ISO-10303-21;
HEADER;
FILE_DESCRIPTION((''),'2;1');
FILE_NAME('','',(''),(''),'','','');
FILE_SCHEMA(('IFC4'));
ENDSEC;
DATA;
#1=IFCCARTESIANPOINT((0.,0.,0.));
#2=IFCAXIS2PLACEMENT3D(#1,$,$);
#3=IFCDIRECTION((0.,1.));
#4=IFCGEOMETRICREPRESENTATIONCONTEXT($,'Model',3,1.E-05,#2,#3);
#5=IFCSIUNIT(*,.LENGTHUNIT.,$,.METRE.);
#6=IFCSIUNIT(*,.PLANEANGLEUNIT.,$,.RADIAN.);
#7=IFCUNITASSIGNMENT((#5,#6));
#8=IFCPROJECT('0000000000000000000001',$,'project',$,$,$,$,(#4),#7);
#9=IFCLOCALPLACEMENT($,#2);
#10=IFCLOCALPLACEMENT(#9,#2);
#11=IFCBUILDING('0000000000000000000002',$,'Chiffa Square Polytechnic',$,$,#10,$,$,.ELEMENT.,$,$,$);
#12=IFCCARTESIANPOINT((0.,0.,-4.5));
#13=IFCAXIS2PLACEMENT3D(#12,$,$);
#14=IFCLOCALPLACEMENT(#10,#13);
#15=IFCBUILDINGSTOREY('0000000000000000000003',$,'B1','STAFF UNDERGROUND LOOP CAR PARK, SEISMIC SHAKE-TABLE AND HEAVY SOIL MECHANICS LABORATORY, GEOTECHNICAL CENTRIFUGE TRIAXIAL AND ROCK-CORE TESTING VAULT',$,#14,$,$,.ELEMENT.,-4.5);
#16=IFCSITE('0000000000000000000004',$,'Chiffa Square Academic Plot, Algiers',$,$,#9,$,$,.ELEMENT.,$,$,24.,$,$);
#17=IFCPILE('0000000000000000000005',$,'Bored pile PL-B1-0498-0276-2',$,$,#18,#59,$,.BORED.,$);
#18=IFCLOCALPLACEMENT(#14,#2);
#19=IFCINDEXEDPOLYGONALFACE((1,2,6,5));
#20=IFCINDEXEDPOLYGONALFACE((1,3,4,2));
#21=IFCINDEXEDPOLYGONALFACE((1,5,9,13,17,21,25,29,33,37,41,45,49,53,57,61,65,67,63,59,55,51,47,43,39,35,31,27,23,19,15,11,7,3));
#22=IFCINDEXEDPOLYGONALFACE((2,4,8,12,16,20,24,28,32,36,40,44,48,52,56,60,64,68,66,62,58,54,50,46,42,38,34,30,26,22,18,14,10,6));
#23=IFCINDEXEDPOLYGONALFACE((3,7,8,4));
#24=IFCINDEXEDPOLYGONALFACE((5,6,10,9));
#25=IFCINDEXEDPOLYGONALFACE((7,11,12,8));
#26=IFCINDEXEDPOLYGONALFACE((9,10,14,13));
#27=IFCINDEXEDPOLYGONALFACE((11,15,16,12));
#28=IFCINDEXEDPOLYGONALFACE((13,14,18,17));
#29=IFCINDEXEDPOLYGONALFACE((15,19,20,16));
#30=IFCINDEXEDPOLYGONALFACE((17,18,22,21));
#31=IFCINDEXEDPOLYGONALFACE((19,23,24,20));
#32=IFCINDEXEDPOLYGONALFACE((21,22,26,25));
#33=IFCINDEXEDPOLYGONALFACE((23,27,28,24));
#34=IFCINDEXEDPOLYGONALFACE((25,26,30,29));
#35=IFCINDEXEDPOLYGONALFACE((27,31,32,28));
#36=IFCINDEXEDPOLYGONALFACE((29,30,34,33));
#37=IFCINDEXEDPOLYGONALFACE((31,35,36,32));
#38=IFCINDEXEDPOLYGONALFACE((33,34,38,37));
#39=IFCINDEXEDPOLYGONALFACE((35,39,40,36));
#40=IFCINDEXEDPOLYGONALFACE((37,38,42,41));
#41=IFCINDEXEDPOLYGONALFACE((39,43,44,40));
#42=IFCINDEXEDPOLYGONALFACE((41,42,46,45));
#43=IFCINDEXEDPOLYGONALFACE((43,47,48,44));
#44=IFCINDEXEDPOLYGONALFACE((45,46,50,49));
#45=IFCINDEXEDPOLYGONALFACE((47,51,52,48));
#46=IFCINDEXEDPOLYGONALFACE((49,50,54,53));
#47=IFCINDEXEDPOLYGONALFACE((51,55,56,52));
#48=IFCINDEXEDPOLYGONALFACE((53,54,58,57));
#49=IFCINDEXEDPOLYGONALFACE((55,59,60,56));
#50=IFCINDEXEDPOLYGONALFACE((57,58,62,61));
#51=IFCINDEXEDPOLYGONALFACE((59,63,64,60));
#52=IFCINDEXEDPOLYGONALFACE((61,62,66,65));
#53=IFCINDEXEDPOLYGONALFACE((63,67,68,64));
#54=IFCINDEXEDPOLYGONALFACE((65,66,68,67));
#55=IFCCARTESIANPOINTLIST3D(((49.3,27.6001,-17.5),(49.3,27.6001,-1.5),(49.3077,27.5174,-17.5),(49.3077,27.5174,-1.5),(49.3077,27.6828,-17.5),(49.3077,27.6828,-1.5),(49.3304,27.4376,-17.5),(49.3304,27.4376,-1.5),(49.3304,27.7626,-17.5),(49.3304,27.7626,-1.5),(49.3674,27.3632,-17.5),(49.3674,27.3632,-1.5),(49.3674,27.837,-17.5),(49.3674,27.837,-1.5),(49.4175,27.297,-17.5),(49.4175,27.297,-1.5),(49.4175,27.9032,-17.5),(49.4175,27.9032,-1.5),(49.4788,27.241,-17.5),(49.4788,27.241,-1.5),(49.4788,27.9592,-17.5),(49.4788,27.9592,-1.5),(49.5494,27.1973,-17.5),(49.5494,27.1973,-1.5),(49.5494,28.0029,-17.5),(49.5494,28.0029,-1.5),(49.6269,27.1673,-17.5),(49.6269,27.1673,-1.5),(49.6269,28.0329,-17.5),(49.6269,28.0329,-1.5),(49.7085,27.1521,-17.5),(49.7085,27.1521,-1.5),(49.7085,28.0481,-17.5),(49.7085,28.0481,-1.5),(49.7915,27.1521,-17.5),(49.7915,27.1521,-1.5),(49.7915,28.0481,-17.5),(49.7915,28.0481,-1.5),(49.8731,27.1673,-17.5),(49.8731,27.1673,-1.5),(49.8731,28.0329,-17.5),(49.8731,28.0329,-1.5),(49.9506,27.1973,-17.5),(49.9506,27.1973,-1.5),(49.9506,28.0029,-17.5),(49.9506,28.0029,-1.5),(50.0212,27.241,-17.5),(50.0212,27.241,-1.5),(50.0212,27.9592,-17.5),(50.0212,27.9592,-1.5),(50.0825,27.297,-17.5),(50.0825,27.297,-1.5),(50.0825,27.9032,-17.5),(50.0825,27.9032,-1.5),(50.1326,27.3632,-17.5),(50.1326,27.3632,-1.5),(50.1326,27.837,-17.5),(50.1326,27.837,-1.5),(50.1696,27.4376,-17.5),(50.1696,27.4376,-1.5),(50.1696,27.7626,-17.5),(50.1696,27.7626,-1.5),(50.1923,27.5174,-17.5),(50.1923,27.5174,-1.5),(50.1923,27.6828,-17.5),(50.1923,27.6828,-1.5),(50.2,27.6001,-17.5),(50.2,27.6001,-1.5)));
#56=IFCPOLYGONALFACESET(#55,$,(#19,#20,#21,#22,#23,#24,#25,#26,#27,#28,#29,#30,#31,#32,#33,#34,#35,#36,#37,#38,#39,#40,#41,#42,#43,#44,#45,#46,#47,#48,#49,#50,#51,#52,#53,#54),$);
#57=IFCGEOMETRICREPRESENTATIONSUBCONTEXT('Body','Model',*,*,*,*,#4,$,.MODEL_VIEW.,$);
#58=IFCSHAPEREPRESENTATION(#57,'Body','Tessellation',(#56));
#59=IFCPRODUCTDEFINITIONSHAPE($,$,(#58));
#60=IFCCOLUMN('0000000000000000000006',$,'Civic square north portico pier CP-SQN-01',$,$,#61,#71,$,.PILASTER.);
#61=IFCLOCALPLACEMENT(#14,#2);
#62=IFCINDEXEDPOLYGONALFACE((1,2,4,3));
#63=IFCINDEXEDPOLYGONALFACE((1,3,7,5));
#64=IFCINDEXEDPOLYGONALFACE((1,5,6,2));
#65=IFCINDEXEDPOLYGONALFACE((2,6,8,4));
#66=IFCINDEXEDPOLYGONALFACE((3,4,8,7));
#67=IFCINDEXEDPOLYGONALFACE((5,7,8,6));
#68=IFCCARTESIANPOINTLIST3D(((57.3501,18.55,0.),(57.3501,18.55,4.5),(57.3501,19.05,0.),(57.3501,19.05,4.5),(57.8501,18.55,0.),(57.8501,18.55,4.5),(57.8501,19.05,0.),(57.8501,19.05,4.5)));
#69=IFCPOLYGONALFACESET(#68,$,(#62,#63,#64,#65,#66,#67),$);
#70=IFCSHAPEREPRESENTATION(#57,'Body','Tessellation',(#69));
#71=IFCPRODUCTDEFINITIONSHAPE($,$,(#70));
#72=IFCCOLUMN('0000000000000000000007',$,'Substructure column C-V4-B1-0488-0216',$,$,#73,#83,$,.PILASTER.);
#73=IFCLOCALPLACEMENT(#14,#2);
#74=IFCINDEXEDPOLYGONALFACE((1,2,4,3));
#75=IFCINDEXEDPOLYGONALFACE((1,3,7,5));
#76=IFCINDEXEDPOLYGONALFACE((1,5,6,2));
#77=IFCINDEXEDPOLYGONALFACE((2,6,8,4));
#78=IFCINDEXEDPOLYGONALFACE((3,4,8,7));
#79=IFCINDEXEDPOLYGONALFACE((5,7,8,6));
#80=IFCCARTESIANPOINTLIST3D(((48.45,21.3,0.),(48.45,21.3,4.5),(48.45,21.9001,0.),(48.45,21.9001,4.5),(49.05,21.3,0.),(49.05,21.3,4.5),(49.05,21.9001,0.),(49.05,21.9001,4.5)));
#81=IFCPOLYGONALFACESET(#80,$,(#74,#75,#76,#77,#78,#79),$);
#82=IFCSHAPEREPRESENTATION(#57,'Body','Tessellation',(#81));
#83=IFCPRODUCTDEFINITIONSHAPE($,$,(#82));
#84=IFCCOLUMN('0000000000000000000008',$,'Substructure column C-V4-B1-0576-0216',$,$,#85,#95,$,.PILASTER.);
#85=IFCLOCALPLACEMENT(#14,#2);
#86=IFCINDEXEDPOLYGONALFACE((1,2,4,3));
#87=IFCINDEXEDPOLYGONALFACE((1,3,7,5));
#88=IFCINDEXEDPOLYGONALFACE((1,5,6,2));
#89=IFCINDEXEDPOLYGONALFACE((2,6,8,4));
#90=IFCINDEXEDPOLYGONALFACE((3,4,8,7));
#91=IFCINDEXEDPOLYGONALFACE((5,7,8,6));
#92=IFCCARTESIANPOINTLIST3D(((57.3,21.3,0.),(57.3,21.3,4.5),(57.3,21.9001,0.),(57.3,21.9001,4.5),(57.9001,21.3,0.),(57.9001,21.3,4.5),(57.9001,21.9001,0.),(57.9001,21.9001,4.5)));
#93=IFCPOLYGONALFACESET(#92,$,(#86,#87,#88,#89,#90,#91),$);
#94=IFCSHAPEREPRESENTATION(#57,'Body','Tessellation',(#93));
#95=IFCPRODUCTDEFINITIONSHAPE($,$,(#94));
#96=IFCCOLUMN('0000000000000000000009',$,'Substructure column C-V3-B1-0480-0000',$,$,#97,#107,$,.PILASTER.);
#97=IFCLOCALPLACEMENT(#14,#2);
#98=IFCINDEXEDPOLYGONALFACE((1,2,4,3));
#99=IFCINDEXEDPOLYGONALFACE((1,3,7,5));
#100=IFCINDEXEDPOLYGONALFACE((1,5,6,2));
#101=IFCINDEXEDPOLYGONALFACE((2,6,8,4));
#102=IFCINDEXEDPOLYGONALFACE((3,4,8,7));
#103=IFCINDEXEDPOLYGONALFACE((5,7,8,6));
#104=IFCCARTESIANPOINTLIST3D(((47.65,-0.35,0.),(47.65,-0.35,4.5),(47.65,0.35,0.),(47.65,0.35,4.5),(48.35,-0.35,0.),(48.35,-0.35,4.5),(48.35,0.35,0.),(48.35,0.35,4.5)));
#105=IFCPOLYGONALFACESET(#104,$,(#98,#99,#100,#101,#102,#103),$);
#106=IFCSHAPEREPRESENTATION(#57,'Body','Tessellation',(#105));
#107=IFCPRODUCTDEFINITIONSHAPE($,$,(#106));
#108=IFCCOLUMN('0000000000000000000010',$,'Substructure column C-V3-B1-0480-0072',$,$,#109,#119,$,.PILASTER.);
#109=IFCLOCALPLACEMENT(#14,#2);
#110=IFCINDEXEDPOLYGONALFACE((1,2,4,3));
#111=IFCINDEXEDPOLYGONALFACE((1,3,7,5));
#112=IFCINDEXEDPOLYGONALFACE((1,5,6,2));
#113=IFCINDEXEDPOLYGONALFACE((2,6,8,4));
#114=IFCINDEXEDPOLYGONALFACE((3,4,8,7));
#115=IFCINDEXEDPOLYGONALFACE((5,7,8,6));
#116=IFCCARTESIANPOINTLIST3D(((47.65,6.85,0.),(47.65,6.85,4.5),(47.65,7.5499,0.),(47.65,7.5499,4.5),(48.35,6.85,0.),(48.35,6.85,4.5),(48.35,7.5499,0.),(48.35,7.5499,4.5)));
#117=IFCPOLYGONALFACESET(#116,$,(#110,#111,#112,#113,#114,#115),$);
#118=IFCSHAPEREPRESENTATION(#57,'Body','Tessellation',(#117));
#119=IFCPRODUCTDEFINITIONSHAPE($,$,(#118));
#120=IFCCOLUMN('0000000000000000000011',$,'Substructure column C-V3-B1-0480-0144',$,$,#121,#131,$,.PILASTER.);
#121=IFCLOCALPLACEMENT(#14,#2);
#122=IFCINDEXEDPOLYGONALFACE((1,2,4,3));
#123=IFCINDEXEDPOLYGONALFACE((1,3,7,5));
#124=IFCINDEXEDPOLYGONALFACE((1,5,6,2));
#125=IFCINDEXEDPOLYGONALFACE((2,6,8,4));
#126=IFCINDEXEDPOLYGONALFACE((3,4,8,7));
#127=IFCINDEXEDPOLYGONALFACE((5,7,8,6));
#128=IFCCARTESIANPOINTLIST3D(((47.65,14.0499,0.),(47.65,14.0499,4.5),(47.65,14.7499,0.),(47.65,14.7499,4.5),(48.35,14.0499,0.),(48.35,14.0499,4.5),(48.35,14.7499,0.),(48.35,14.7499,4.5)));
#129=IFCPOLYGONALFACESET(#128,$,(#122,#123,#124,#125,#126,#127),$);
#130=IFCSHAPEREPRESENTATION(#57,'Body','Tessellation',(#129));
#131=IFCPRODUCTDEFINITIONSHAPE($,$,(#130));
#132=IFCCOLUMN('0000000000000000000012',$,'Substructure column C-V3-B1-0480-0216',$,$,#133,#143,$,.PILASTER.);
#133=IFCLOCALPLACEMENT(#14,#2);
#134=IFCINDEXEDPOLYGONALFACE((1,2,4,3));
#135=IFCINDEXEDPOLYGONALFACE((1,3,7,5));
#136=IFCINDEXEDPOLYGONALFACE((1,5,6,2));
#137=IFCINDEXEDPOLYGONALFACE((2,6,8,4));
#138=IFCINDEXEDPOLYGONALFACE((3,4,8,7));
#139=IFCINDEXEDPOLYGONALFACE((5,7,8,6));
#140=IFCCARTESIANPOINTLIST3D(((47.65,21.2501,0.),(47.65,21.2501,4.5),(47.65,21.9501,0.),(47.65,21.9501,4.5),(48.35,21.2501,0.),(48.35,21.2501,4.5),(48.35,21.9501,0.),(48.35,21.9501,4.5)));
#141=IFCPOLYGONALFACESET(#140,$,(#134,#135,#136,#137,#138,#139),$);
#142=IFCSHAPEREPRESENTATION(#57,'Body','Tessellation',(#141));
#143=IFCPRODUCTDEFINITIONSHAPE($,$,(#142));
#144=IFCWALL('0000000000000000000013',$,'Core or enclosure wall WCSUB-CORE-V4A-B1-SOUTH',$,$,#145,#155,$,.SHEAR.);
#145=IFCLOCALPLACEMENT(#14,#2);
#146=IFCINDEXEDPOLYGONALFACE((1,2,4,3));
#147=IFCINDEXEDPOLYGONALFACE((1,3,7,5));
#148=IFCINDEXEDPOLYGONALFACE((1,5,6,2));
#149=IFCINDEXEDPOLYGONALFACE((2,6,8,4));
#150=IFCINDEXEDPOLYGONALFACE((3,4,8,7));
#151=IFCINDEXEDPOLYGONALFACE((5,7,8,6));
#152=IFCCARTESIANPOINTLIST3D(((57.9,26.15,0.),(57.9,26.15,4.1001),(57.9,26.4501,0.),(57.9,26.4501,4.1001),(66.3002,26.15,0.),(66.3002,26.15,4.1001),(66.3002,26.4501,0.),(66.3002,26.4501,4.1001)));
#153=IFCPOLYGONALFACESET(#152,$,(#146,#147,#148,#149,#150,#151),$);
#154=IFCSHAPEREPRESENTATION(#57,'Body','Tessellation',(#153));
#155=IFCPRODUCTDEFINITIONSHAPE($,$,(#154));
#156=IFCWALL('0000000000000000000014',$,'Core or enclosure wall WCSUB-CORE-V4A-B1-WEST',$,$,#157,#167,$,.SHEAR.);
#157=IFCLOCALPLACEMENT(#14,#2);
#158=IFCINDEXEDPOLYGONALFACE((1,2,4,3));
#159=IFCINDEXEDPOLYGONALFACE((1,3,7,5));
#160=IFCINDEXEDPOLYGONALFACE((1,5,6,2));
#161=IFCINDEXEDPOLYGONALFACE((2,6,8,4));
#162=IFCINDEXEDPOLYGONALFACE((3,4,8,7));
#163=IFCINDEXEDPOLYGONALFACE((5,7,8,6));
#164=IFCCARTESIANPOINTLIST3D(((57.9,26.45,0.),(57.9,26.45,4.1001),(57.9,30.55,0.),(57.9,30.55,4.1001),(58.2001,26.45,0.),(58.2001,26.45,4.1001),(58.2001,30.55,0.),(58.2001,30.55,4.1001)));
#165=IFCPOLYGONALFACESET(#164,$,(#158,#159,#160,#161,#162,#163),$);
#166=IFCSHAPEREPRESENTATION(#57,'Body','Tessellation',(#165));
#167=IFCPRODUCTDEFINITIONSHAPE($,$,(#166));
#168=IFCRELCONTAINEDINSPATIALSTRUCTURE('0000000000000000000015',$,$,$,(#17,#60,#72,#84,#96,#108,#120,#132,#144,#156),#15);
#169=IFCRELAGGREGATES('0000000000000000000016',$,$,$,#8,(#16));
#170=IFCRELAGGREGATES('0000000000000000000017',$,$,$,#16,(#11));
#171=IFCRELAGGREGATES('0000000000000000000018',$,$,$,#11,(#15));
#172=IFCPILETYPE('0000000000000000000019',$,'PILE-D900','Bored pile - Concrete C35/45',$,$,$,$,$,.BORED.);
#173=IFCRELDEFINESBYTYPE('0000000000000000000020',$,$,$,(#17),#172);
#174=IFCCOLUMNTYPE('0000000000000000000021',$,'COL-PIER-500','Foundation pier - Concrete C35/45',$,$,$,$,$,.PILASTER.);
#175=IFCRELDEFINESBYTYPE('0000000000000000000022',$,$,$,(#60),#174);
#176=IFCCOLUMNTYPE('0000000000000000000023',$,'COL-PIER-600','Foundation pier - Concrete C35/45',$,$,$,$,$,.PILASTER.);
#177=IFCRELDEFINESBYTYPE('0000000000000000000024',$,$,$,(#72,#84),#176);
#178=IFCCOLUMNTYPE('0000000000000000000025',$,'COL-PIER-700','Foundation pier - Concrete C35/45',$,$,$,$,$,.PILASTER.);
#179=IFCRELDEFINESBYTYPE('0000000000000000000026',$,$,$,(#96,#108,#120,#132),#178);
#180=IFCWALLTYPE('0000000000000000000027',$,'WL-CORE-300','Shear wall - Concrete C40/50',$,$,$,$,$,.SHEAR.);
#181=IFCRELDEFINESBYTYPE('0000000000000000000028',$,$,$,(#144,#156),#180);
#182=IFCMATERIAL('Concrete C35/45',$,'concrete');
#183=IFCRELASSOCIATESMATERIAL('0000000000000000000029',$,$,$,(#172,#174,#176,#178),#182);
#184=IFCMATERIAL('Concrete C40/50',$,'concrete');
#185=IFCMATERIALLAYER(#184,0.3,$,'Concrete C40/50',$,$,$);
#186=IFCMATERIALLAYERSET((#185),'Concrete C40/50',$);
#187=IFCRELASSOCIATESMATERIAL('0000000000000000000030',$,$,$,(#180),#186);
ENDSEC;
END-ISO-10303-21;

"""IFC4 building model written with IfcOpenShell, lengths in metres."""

from ifc_helpers import new_model, si_unit, direction, frame, frame_2d, origin, origin_2d, place, context, subcontext, project, spatial, rectangle, circle, extrude, material, layer, layer_set, material_profile, profile_set, type_object, element, save


model = new_model("IFC4")

# Units and contexts
model_context = context("Model", 3, precision=1e-05, world=origin(), true_north=direction((0.0, 1.0)))
body_context = subcontext(model_context, "Body", "Model", "MODEL_VIEW")
ifc_project = project(units=[si_unit("LENGTHUNIT", "METRE"), si_unit("PLANEANGLEUNIT", "RADIAN")], contexts=[model_context])

# Site, building, storey
site_placement = place(None, origin())
site = spatial("IfcSite", under=ifc_project, at=site_placement, Name="Chiffa Square Academic Plot, Algiers", CompositionType="ELEMENT", RefElevation=24.0)
building_placement = place(site_placement, origin())
building = spatial("IfcBuilding", under=site, at=building_placement, Name="Chiffa Square Polytechnic", CompositionType="ELEMENT")
storey_placement = place(building_placement, frame((0.0, 0.0, -4.5)))
storey = spatial("IfcBuildingStorey", under=building, at=storey_placement, Name="B1", Description="STAFF UNDERGROUND LOOP CAR PARK, SEISMIC SHAKE-TABLE AND HEAVY SOIL MECHANICS LABORATORY, GEOTECHNICAL CENTRIFUGE TRIAXIAL AND ROCK-CORE TESTING VAULT", CompositionType="ELEMENT", Elevation=-4.5)

# Shared definitions
ifc_material_1 = material(Name="Concrete C35/45", Category="concrete")

# Pile
ifc_material_profile_1 = material_profile(ifc_material_1, circle(Radius=0.45, at=origin_2d()), Name="PILE D900")
ifc_profile_set_1 = profile_set([ifc_material_profile_1], Name="Concrete C35/45")
pile_type_1 = type_object("IfcPileType", Name="PILE-D900", Description="Bored pile - Concrete C35/45", PredefinedType="BORED", material=ifc_profile_set_1)
pile_1_placement = place(storey_placement, frame((49.75, 27.6001, -1.5), z_axis=(0.0, 0.0, -1.0), x_axis=(1.0, 0.0, 0.0)))
element("IfcPile", 1, at=pile_1_placement, inside=storey, type_object=pile_type_1, Name="Bored pile PL-B1-0498-0276-2", PredefinedType="BORED", context=body_context, shape_type="SweptSolid", body=[
    extrude(circle(Radius=0.45, at=origin_2d()), origin(), (0.0, 0.0, 1.0), 16.0),
])

# Columns
ifc_material_profile_2 = material_profile(ifc_material_1, rectangle(XDim=0.5, YDim=0.5, at=origin_2d()), Name="RC 500x500")
ifc_profile_set_2 = profile_set([ifc_material_profile_2], Name="Concrete C35/45")
column_type_1 = type_object("IfcColumnType", Name="COL-PIER-500", Description="Foundation pier - Concrete C35/45", PredefinedType="PILASTER", material=ifc_profile_set_2)
column_placement = place(storey_placement, frame((57.6001, 18.8, 0.0), z_axis=(0.0, 0.0, 1.0), x_axis=(1.0, 0.0, 0.0)))
element("IfcColumn", 2, at=column_placement, inside=storey, type_object=column_type_1, Name="Civic square north portico pier CP-SQN-01", PredefinedType="PILASTER", context=body_context, shape_type="SweptSolid", body=[
    extrude(rectangle(XDim=0.5, YDim=0.5, at=origin_2d()), origin(), (0.0, 0.0, 1.0), 4.5),
])
ifc_material_profile_3 = material_profile(ifc_material_1, rectangle(XDim=0.6001, YDim=0.6001, at=origin_2d()), Name="RC 600x600")
ifc_profile_set_3 = profile_set([ifc_material_profile_3], Name="Concrete C35/45")
column_type_2 = type_object("IfcColumnType", Name="COL-PIER-600", Description="Foundation pier - Concrete C35/45", PredefinedType="PILASTER", material=ifc_profile_set_3)
for number, where, z_axis, x_axis, name in (
    (3, (48.75, 21.6001, 0.0), (0.0, 0.0, 1.0), (1.0, 0.0, 0.0), "Substructure column C-V4-B1-0488-0216"),
    (4, (57.6001, 21.6001, 0.0), (0.0, 0.0, 1.0), (1.0, 0.0, 0.0), "Substructure column C-V4-B1-0576-0216"),
):
    element("IfcColumn", number, at=place(storey_placement, frame(where, z_axis=z_axis, x_axis=x_axis)), inside=storey, type_object=column_type_2, Name=name, PredefinedType="PILASTER", context=body_context, shape_type="SweptSolid", body=[
        extrude(rectangle(XDim=0.6001, YDim=0.6001, at=origin_2d()), origin(), (0.0, 0.0, 1.0), 4.5),
    ])
ifc_material_profile_4 = material_profile(ifc_material_1, rectangle(XDim=0.7, YDim=0.7, at=origin_2d()), Name="RC 700x700")
ifc_profile_set_4 = profile_set([ifc_material_profile_4], Name="Concrete C35/45")
column_type_3 = type_object("IfcColumnType", Name="COL-PIER-700", Description="Foundation pier - Concrete C35/45", PredefinedType="PILASTER", material=ifc_profile_set_4)
for number, where, z_axis, x_axis, name in (
    (5, (48.0, 0.0, 0.0), (0.0, 0.0, 1.0), (1.0, 0.0, 0.0), "Substructure column C-V3-B1-0480-0000"),
    (6, (48.0, 7.2, 0.0), (0.0, 0.0, 1.0), (1.0, 0.0, 0.0), "Substructure column C-V3-B1-0480-0072"),
    (7, (48.0, 14.3999, 0.0), (0.0, 0.0, 1.0), (1.0, 0.0, 0.0), "Substructure column C-V3-B1-0480-0144"),
    (8, (48.0, 21.6001, 0.0), (0.0, 0.0, 1.0), (1.0, 0.0, 0.0), "Substructure column C-V3-B1-0480-0216"),
):
    element("IfcColumn", number, at=place(storey_placement, frame(where, z_axis=z_axis, x_axis=x_axis)), inside=storey, type_object=column_type_3, Name=name, PredefinedType="PILASTER", context=body_context, shape_type="SweptSolid", body=[
        extrude(rectangle(XDim=0.7, YDim=0.7, at=origin_2d()), origin(), (0.0, 0.0, 1.0), 4.5),
    ])

# Walls
ifc_material_2 = material(Name="Concrete C40/50", Category="concrete")
ifc_layer_1 = layer(ifc_material_2, 0.3, Name="Concrete C40/50")
ifc_layer_set_1 = layer_set([ifc_layer_1], Name="Concrete C40/50")
wall_type = type_object("IfcWallType", Name="WL-CORE-300", Description="Shear wall - Concrete C40/50", PredefinedType="SHEAR", material=ifc_layer_set_1)
wall_1_placement = place(storey_placement, frame((57.8999, 26.3, 0.0), z_axis=(0.0, 0.0, 1.0), x_axis=(1.0, 0.0, 0.0)))
element("IfcWall", 9, at=wall_1_placement, inside=storey, type_object=wall_type, Name="Core or enclosure wall WCSUB-CORE-V4A-B1-SOUTH", PredefinedType="SHEAR", context=body_context, shape_type="SweptSolid", body=[
    extrude(rectangle(XDim=8.4001, YDim=0.3, at=frame_2d((4.2002, 0.0))), origin(), (0.0, 0.0, 1.0), 4.1001),
])
wall_2_placement = place(storey_placement, frame((58.05, 26.45, 0.0), z_axis=(0.0, 0.0, 1.0), x_axis=(0.0, 1.0, 0.0)))
element("IfcWall", 10, at=wall_2_placement, inside=storey, type_object=wall_type, Name="Core or enclosure wall WCSUB-CORE-V4A-B1-WEST", PredefinedType="SHEAR", context=body_context, shape_type="SweptSolid", body=[
    extrude(rectangle(XDim=4.1001, YDim=0.3, at=frame_2d((2.05, 0.0))), origin(), (0.0, 0.0, 1.0), 4.1001),
])

save(model, "model.ifc")
